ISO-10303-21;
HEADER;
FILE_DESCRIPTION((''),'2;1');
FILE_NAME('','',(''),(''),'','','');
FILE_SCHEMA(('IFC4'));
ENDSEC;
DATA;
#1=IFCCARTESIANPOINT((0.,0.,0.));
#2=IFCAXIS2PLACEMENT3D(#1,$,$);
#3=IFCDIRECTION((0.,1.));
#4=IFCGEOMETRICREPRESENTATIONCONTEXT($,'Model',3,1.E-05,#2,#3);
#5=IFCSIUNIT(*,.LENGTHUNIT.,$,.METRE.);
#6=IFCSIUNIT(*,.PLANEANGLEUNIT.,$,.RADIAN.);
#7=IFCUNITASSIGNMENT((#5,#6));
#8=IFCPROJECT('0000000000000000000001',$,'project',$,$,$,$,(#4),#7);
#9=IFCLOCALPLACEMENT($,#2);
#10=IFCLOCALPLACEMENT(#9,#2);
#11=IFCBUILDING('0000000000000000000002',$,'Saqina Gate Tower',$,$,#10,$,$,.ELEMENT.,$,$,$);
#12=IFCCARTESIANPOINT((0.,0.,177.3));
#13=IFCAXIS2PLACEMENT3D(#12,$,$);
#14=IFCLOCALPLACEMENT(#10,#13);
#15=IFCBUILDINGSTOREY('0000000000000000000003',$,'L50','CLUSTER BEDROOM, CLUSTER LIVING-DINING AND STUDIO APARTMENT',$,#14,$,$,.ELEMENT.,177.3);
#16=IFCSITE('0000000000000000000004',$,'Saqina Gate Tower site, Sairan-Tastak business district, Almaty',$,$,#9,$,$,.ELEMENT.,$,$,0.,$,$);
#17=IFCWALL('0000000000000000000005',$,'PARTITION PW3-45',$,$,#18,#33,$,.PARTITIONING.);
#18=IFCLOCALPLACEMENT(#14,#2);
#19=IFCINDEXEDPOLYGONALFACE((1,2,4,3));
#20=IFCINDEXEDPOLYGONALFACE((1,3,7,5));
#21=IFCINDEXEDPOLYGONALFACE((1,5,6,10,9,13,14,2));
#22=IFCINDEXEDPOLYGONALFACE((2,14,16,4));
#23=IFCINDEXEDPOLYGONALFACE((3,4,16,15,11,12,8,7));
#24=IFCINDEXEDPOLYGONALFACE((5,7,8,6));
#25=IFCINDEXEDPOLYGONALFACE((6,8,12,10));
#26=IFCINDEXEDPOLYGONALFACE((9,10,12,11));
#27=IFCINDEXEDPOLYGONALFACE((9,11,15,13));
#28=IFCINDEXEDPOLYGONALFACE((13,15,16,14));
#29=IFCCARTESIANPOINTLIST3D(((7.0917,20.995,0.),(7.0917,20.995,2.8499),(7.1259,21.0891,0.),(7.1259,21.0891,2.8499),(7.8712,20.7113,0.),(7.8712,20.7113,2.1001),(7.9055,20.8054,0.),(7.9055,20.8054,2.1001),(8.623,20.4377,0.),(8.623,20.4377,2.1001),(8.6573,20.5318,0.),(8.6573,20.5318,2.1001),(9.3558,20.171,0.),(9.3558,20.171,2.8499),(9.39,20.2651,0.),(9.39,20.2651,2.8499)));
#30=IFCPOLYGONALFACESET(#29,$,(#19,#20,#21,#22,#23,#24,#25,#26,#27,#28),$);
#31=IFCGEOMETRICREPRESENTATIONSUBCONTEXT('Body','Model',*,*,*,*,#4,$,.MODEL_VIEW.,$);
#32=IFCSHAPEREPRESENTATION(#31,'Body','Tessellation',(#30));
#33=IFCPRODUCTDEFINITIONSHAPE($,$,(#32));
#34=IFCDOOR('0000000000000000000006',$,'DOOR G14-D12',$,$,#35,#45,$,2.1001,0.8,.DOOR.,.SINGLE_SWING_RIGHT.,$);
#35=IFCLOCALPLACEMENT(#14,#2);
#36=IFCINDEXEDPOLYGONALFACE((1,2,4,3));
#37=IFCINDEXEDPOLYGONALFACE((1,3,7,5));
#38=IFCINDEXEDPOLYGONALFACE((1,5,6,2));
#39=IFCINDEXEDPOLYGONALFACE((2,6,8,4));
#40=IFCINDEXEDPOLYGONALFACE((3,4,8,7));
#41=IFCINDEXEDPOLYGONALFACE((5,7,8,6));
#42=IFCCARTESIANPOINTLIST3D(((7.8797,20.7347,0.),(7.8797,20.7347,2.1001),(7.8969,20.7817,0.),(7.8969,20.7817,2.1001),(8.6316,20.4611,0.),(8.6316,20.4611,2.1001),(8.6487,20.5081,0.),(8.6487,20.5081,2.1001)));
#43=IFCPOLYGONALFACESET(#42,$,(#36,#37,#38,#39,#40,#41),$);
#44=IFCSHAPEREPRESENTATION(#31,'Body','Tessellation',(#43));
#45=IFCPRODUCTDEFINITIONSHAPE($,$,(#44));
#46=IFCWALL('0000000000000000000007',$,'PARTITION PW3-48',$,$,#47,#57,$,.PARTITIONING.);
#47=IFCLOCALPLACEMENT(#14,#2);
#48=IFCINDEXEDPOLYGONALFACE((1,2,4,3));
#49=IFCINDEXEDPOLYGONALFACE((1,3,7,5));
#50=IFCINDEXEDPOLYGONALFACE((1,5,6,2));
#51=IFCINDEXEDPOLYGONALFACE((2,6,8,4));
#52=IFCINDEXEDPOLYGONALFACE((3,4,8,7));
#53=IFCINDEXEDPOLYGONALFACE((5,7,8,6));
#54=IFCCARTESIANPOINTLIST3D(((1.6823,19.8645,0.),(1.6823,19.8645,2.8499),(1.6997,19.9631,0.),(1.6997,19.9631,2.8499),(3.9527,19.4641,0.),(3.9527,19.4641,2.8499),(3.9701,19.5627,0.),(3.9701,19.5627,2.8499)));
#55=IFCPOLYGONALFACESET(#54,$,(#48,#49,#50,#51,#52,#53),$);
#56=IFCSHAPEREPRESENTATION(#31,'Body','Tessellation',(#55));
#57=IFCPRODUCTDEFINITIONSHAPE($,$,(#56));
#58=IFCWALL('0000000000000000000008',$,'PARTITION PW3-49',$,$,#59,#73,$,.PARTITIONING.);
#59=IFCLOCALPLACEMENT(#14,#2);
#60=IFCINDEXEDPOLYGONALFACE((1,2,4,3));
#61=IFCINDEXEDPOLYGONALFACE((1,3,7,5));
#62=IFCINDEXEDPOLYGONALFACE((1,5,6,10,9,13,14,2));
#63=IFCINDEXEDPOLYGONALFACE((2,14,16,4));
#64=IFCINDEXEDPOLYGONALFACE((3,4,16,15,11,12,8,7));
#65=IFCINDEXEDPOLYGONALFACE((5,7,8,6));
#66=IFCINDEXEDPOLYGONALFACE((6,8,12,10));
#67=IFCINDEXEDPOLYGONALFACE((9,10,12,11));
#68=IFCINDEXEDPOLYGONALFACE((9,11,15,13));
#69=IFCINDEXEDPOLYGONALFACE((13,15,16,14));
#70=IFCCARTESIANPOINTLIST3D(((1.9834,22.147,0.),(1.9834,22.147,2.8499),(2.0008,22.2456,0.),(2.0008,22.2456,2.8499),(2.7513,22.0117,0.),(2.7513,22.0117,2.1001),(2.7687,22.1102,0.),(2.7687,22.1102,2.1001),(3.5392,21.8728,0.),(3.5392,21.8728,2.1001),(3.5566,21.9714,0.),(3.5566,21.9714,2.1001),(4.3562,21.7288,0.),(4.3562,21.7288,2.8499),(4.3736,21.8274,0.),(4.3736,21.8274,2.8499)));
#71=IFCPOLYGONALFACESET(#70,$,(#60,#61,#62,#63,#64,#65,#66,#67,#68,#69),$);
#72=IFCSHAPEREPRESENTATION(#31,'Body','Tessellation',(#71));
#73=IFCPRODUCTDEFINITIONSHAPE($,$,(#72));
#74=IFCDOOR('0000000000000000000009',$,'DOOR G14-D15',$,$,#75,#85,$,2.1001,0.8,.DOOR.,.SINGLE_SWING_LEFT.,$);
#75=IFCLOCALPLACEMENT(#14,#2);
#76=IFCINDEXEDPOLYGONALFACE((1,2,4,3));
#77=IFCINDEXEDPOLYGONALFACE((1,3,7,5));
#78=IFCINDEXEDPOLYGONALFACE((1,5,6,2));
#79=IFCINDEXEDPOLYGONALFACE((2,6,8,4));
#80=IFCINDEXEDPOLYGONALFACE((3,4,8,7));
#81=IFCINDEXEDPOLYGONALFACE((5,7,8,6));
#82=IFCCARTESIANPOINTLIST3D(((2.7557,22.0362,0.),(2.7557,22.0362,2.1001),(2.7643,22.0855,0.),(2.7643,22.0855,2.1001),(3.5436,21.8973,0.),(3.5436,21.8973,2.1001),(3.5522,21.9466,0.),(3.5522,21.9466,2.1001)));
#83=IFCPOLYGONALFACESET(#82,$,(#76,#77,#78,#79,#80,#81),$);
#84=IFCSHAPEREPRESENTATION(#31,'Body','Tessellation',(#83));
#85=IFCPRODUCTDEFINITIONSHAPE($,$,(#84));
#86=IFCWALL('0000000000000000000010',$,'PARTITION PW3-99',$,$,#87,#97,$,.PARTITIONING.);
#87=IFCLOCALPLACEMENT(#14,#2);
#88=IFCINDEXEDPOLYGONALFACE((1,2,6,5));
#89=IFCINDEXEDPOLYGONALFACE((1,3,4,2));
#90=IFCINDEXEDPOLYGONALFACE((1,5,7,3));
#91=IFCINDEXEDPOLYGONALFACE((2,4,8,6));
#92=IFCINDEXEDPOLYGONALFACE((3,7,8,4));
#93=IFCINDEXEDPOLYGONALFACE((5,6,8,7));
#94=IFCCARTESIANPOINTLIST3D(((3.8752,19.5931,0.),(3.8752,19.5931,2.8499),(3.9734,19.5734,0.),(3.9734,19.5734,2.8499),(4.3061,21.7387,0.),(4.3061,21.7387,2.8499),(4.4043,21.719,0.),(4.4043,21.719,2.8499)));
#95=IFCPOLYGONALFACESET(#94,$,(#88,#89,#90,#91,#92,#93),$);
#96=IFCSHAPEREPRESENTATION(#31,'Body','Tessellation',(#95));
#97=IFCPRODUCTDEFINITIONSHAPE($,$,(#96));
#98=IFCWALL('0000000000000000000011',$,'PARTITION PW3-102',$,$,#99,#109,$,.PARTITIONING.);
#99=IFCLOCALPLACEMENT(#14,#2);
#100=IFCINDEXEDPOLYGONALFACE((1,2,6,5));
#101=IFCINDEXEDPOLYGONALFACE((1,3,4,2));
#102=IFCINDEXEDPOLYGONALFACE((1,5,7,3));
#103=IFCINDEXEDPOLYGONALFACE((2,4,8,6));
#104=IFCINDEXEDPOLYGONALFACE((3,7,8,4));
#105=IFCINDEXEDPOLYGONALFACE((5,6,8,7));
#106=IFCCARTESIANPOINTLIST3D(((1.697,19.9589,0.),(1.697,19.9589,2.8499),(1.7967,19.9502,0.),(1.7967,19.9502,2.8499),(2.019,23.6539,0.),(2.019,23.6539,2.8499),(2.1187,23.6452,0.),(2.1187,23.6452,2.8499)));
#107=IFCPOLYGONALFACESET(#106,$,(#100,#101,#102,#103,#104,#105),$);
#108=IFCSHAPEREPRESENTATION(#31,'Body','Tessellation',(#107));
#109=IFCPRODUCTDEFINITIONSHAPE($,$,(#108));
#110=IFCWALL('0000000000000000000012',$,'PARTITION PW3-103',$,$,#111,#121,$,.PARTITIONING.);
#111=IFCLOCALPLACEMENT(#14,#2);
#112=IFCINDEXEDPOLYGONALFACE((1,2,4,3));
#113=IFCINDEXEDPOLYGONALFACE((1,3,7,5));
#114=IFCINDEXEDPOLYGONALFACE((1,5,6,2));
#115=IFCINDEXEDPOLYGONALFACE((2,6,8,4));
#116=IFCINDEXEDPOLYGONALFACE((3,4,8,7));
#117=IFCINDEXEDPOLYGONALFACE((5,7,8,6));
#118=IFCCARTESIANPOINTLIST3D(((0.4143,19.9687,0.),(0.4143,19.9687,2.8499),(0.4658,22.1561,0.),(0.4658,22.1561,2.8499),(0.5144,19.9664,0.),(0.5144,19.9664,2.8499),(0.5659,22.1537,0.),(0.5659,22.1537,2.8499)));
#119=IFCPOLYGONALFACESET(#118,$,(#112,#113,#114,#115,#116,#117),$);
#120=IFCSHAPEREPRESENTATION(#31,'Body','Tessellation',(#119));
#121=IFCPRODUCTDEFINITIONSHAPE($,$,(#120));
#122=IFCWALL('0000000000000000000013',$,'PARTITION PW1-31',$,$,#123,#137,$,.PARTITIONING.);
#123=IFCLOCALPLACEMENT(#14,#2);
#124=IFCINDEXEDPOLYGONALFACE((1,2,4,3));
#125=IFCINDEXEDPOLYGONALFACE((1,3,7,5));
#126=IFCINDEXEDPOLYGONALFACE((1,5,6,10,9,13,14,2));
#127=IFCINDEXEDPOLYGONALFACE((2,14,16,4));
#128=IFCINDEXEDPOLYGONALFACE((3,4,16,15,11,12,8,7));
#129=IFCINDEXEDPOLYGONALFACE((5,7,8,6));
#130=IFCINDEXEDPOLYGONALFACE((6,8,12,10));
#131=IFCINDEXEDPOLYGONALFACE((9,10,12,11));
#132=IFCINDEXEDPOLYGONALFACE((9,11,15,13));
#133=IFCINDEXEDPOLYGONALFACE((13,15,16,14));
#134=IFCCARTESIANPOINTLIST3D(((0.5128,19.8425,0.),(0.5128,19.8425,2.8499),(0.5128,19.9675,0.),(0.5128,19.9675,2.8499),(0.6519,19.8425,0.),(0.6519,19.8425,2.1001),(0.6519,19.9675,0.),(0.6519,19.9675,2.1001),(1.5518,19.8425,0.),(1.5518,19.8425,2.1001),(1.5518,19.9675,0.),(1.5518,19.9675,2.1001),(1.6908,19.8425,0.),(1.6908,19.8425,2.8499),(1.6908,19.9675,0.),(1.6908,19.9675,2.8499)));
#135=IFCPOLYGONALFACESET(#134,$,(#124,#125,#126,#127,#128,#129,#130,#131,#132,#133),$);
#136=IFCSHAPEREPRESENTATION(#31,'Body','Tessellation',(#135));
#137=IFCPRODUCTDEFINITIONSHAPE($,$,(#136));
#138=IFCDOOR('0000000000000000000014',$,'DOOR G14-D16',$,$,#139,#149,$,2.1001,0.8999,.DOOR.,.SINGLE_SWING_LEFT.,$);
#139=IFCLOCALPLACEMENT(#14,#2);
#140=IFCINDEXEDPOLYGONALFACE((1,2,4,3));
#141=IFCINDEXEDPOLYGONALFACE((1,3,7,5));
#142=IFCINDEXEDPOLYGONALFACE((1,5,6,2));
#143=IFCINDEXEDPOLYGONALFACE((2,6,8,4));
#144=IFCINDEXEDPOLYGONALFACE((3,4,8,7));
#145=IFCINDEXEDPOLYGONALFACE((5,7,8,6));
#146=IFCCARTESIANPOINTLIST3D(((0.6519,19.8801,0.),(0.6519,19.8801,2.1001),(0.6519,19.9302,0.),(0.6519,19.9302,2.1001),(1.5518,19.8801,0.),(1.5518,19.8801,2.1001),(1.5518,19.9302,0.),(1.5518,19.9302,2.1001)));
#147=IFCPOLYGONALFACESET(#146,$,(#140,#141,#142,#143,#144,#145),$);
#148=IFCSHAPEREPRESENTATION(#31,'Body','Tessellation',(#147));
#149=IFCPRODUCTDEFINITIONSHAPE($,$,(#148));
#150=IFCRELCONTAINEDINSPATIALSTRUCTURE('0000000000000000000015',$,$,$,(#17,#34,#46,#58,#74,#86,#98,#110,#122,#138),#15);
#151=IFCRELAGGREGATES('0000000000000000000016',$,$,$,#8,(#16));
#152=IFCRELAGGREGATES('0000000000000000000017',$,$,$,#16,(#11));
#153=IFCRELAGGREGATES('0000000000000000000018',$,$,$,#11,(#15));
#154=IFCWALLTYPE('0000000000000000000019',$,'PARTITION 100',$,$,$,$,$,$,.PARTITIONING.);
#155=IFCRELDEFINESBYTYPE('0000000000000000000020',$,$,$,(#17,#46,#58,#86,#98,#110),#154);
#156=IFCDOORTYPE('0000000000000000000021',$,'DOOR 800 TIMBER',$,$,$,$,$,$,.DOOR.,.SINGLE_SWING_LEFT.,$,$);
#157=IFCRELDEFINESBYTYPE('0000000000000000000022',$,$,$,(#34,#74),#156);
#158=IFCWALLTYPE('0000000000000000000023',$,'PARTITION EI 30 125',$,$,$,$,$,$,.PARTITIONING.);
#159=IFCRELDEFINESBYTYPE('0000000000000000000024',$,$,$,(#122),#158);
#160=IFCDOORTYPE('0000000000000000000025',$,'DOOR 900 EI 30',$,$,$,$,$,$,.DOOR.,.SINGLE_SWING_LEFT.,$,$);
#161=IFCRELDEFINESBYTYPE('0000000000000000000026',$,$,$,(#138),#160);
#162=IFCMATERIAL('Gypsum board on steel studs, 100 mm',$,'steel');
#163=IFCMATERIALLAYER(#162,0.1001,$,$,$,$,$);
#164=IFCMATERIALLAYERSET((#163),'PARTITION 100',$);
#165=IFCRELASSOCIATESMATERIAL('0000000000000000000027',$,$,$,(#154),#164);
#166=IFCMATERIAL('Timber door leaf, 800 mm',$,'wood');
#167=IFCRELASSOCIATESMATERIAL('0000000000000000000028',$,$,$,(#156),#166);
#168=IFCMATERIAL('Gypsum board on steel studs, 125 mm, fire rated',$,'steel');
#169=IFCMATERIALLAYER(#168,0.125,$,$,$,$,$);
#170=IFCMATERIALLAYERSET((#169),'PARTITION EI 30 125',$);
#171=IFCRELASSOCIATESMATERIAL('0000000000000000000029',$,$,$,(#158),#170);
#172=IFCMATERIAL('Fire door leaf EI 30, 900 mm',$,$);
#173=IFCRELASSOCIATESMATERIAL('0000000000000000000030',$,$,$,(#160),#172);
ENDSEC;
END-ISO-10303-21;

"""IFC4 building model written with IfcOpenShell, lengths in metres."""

from ifc_helpers import new_model, si_unit, direction, frame, frame_2d, origin, place, context, subcontext, project, spatial, rectangle, extrude, material, layer, layer_set, type_object, element, fill, save


model = new_model("IFC4")

# Units and contexts
model_context = context("Model", 3, precision=1e-05, world=origin(), true_north=direction((0.0, 1.0)))
body_context = subcontext(model_context, "Body", "Model", "MODEL_VIEW")
ifc_project = project(units=[si_unit("LENGTHUNIT", "METRE"), si_unit("PLANEANGLEUNIT", "RADIAN")], contexts=[model_context])

# Site, building, storey
site_placement = place(None, origin())
site = spatial("IfcSite", under=ifc_project, at=site_placement, Name="Saqina Gate Tower site, Sairan-Tastak business district, Almaty", CompositionType="ELEMENT", RefElevation=0.0)
building_placement = place(site_placement, origin())
building = spatial("IfcBuilding", under=site, at=building_placement, Name="Saqina Gate Tower", CompositionType="ELEMENT")
storey_placement = place(building_placement, frame((0.0, 0.0, 177.3)))
storey = spatial("IfcBuildingStorey", under=building, at=storey_placement, Name="L50", Description="CLUSTER BEDROOM, CLUSTER LIVING-DINING AND STUDIO APARTMENT", CompositionType="ELEMENT", Elevation=177.3)

# Wall, opening, door
ifc_material_1 = material(Name="Gypsum board on steel studs, 100 mm", Category="steel")
ifc_layer_1 = layer(ifc_material_1, 0.1001)
ifc_layer_set_1 = layer_set([ifc_layer_1], Name="PARTITION 100")
wall_type_1 = type_object("IfcWallType", Name="PARTITION 100", PredefinedType="PARTITIONING", material=ifc_layer_set_1)
ifc_material_2 = material(Name="Timber door leaf, 800 mm", Category="wood")
door_type_1 = type_object("IfcDoorType", Name="DOOR 800 TIMBER", OperationType="SINGLE_SWING_LEFT", PredefinedType="DOOR", material=ifc_material_2)
wall_1_placement = place(storey_placement, frame((7.1089, 21.042, 0.0), z_axis=(0.0, 0.0, 1.0), x_axis=(0.939708, -0.341979, 0.0)))
wall_1 = element("IfcWall", 1, at=wall_1_placement, inside=storey, type_object=wall_type_1, Name="PARTITION PW3-45", PredefinedType="PARTITIONING", context=body_context, shape_type="SweptSolid", body=[
    extrude(rectangle(XDim=2.4094, YDim=0.1001, at=frame_2d((1.2046, 0.0))), origin(), (0.0, 0.0, 1.0), 2.8499),
])
opening_1_placement = place(wall_1_placement, frame((0.8296, 0.0, 0.0)))
opening_1 = element("IfcOpeningElement", 2, at=opening_1_placement, cuts=wall_1, PredefinedType="OPENING", context=body_context, shape_type="SweptSolid", body=[
    extrude(rectangle(XDim=0.8, YDim=2.1001, at=frame_2d((0.3999, 1.05))), frame((0.0, 0.062, 0.0), z_axis=(0.0, -1.0, 0.0), x_axis=(1.0, 0.0, 0.0)), (0.0, 0.0, 1.0), 0.124),
])
door_1_placement = place(opening_1_placement, origin())
door_1 = element("IfcDoor", 3, at=door_1_placement, inside=storey, type_object=door_type_1, Name="DOOR G14-D12", OperationType="SINGLE_SWING_RIGHT", OverallHeight=2.1001, OverallWidth=0.8, PredefinedType="DOOR", context=body_context, shape_type="SweptSolid", body=[
    extrude(rectangle(XDim=0.8, YDim=2.1001, at=frame_2d((0.3999, 1.05))), frame((0.0, 0.0249, 0.0), z_axis=(0.0, -1.0, 0.0), x_axis=(1.0, 0.0, 0.0)), (0.0, 0.0, 1.0), 0.05),
])
fill(opening_1, door_1)

# Wall
wall_2_placement = place(storey_placement, frame((1.6909, 19.9138, 0.0), z_axis=(0.0, 0.0, 1.0), x_axis=(0.984802, -0.173683, 0.0)))
element("IfcWall", 4, at=wall_2_placement, inside=storey, type_object=wall_type_1, Name="PARTITION PW3-48", PredefinedType="PARTITIONING", context=body_context, shape_type="SweptSolid", body=[
    extrude(rectangle(XDim=2.3054, YDim=0.1001, at=frame_2d((1.1528, 0.0))), origin(), (0.0, 0.0, 1.0), 2.8499),
])

# Wall, opening, door
wall_3_placement = place(storey_placement, frame((1.9922, 22.1963, 0.0), z_axis=(0.0, 0.0, 1.0), x_axis=(0.98482, -0.173577, 0.0)))
wall_3 = element("IfcWall", 5, at=wall_3_placement, inside=storey, type_object=wall_type_1, Name="PARTITION PW3-49", PredefinedType="PARTITIONING", context=body_context, shape_type="SweptSolid", body=[
    extrude(rectangle(XDim=2.4094, YDim=0.1001, at=frame_2d((1.2046, 0.0))), origin(), (0.0, 0.0, 1.0), 2.8499),
])
opening_2_placement = place(wall_3_placement, frame((0.7798, 0.0, 0.0)))
opening_2 = element("IfcOpeningElement", 6, at=opening_2_placement, cuts=wall_3, PredefinedType="OPENING", context=body_context, shape_type="SweptSolid", body=[
    extrude(rectangle(XDim=0.8, YDim=2.1001, at=frame_2d((0.3999, 1.05))), frame((0.0, 0.062, 0.0), z_axis=(0.0, -1.0, 0.0), x_axis=(1.0, 0.0, 0.0)), (0.0, 0.0, 1.0), 0.124),
])
door_2_placement = place(opening_2_placement, origin())
door_2 = element("IfcDoor", 7, at=door_2_placement, inside=storey, type_object=door_type_1, Name="DOOR G14-D15", OperationType="SINGLE_SWING_LEFT", OverallHeight=2.1001, OverallWidth=0.8, PredefinedType="DOOR", context=body_context, shape_type="SweptSolid", body=[
    extrude(rectangle(XDim=0.8, YDim=2.1001, at=frame_2d((0.3999, 1.05))), frame((0.0, 0.0249, 0.0), z_axis=(0.0, -1.0, 0.0), x_axis=(1.0, 0.0, 0.0)), (0.0, 0.0, 1.0), 0.05),
])
fill(opening_2, door_2)

# Walls
wall_4_placement = place(storey_placement, frame((3.9243, 19.5833, 0.0), z_axis=(0.0, 0.0, 1.0), x_axis=(0.196888, 0.980426, 0.0)))
element("IfcWall", 8, at=wall_4_placement, inside=storey, type_object=wall_type_1, Name="PARTITION PW3-99", PredefinedType="PARTITIONING", context=body_context, shape_type="SweptSolid", body=[
    extrude(rectangle(XDim=2.1885, YDim=0.1001, at=frame_2d((1.0942, 0.0))), origin(), (0.0, 0.0, 1.0), 2.8499),
])
wall_5_placement = place(storey_placement, frame((1.7468, 19.9546, 0.0), z_axis=(0.0, 0.0, 1.0), x_axis=(0.08682, 0.996224, 0.0)))
element("IfcWall", 9, at=wall_5_placement, inside=storey, type_object=wall_type_1, Name="PARTITION PW3-102", PredefinedType="PARTITIONING", context=body_context, shape_type="SweptSolid", body=[
    extrude(rectangle(XDim=3.709, YDim=0.1001, at=frame_2d((1.8545, 0.0))), origin(), (0.0, 0.0, 1.0), 2.8499),
])
wall_6_placement = place(storey_placement, frame((0.4644, 19.9675, 0.0), z_axis=(0.0, 0.0, 1.0), x_axis=(0.023543, 0.999723, 0.0)))
element("IfcWall", 10, at=wall_6_placement, inside=storey, type_object=wall_type_1, Name="PARTITION PW3-103", PredefinedType="PARTITIONING", context=body_context, shape_type="SweptSolid", body=[
    extrude(rectangle(XDim=2.188, YDim=0.1001, at=frame_2d((1.094, 0.0))), origin(), (0.0, 0.0, 1.0), 2.8499),
])

# Wall, opening, door
ifc_material_3 = material(Name="Gypsum board on steel studs, 125 mm, fire rated", Category="steel")
ifc_layer_2 = layer(ifc_material_3, 0.125)
ifc_layer_set_2 = layer_set([ifc_layer_2], Name="PARTITION EI 30 125")
wall_type_2 = type_object("IfcWallType", Name="PARTITION EI 30 125", PredefinedType="PARTITIONING", material=ifc_layer_set_2)
wall_7_placement = place(storey_placement, frame((0.5129, 19.905, 0.0), z_axis=(0.0, 0.0, 1.0), x_axis=(1.0, 0.0, 0.0)))
wall_7 = element("IfcWall", 11, at=wall_7_placement, inside=storey, type_object=wall_type_2, Name="PARTITION PW1-31", PredefinedType="PARTITIONING", context=body_context, shape_type="SweptSolid", body=[
    extrude(rectangle(XDim=1.178, YDim=0.125, at=frame_2d((0.5889, 0.0))), origin(), (0.0, 0.0, 1.0), 2.8499),
])
opening_3_placement = place(wall_7_placement, frame((0.1389, 0.0, 0.0)))
opening_3 = element("IfcOpeningElement", 12, at=opening_3_placement, cuts=wall_7, PredefinedType="OPENING", context=body_context, shape_type="SweptSolid", body=[
    extrude(rectangle(XDim=0.8999, YDim=2.1001, at=frame_2d((0.45, 1.05))), frame((0.0, 0.0745, 0.0), z_axis=(0.0, -1.0, 0.0), x_axis=(1.0, 0.0, 0.0)), (0.0, 0.0, 1.0), 0.1489),
])
ifc_material_4 = material(Name="Fire door leaf EI 30, 900 mm")
door_type_2 = type_object("IfcDoorType", Name="DOOR 900 EI 30", OperationType="SINGLE_SWING_LEFT", PredefinedType="DOOR", material=ifc_material_4)
door_3_placement = place(opening_3_placement, frame((0.8999, 0.0, 0.0), z_axis=(0.0, 0.0, 1.0), x_axis=(-1.0, 0.0, 0.0)))
door_3 = element("IfcDoor", 13, at=door_3_placement, inside=storey, type_object=door_type_2, Name="DOOR G14-D16", OperationType="SINGLE_SWING_LEFT", OverallHeight=2.1001, OverallWidth=0.8999, PredefinedType="DOOR", context=body_context, shape_type="SweptSolid", body=[
    extrude(rectangle(XDim=0.8999, YDim=2.1001, at=frame_2d((0.45, 1.05))), frame((0.0, 0.0249, 0.0), z_axis=(0.0, -1.0, 0.0), x_axis=(1.0, 0.0, 0.0)), (0.0, 0.0, 1.0), 0.05),
])
fill(opening_3, door_3)

save(model, "model.ifc")
